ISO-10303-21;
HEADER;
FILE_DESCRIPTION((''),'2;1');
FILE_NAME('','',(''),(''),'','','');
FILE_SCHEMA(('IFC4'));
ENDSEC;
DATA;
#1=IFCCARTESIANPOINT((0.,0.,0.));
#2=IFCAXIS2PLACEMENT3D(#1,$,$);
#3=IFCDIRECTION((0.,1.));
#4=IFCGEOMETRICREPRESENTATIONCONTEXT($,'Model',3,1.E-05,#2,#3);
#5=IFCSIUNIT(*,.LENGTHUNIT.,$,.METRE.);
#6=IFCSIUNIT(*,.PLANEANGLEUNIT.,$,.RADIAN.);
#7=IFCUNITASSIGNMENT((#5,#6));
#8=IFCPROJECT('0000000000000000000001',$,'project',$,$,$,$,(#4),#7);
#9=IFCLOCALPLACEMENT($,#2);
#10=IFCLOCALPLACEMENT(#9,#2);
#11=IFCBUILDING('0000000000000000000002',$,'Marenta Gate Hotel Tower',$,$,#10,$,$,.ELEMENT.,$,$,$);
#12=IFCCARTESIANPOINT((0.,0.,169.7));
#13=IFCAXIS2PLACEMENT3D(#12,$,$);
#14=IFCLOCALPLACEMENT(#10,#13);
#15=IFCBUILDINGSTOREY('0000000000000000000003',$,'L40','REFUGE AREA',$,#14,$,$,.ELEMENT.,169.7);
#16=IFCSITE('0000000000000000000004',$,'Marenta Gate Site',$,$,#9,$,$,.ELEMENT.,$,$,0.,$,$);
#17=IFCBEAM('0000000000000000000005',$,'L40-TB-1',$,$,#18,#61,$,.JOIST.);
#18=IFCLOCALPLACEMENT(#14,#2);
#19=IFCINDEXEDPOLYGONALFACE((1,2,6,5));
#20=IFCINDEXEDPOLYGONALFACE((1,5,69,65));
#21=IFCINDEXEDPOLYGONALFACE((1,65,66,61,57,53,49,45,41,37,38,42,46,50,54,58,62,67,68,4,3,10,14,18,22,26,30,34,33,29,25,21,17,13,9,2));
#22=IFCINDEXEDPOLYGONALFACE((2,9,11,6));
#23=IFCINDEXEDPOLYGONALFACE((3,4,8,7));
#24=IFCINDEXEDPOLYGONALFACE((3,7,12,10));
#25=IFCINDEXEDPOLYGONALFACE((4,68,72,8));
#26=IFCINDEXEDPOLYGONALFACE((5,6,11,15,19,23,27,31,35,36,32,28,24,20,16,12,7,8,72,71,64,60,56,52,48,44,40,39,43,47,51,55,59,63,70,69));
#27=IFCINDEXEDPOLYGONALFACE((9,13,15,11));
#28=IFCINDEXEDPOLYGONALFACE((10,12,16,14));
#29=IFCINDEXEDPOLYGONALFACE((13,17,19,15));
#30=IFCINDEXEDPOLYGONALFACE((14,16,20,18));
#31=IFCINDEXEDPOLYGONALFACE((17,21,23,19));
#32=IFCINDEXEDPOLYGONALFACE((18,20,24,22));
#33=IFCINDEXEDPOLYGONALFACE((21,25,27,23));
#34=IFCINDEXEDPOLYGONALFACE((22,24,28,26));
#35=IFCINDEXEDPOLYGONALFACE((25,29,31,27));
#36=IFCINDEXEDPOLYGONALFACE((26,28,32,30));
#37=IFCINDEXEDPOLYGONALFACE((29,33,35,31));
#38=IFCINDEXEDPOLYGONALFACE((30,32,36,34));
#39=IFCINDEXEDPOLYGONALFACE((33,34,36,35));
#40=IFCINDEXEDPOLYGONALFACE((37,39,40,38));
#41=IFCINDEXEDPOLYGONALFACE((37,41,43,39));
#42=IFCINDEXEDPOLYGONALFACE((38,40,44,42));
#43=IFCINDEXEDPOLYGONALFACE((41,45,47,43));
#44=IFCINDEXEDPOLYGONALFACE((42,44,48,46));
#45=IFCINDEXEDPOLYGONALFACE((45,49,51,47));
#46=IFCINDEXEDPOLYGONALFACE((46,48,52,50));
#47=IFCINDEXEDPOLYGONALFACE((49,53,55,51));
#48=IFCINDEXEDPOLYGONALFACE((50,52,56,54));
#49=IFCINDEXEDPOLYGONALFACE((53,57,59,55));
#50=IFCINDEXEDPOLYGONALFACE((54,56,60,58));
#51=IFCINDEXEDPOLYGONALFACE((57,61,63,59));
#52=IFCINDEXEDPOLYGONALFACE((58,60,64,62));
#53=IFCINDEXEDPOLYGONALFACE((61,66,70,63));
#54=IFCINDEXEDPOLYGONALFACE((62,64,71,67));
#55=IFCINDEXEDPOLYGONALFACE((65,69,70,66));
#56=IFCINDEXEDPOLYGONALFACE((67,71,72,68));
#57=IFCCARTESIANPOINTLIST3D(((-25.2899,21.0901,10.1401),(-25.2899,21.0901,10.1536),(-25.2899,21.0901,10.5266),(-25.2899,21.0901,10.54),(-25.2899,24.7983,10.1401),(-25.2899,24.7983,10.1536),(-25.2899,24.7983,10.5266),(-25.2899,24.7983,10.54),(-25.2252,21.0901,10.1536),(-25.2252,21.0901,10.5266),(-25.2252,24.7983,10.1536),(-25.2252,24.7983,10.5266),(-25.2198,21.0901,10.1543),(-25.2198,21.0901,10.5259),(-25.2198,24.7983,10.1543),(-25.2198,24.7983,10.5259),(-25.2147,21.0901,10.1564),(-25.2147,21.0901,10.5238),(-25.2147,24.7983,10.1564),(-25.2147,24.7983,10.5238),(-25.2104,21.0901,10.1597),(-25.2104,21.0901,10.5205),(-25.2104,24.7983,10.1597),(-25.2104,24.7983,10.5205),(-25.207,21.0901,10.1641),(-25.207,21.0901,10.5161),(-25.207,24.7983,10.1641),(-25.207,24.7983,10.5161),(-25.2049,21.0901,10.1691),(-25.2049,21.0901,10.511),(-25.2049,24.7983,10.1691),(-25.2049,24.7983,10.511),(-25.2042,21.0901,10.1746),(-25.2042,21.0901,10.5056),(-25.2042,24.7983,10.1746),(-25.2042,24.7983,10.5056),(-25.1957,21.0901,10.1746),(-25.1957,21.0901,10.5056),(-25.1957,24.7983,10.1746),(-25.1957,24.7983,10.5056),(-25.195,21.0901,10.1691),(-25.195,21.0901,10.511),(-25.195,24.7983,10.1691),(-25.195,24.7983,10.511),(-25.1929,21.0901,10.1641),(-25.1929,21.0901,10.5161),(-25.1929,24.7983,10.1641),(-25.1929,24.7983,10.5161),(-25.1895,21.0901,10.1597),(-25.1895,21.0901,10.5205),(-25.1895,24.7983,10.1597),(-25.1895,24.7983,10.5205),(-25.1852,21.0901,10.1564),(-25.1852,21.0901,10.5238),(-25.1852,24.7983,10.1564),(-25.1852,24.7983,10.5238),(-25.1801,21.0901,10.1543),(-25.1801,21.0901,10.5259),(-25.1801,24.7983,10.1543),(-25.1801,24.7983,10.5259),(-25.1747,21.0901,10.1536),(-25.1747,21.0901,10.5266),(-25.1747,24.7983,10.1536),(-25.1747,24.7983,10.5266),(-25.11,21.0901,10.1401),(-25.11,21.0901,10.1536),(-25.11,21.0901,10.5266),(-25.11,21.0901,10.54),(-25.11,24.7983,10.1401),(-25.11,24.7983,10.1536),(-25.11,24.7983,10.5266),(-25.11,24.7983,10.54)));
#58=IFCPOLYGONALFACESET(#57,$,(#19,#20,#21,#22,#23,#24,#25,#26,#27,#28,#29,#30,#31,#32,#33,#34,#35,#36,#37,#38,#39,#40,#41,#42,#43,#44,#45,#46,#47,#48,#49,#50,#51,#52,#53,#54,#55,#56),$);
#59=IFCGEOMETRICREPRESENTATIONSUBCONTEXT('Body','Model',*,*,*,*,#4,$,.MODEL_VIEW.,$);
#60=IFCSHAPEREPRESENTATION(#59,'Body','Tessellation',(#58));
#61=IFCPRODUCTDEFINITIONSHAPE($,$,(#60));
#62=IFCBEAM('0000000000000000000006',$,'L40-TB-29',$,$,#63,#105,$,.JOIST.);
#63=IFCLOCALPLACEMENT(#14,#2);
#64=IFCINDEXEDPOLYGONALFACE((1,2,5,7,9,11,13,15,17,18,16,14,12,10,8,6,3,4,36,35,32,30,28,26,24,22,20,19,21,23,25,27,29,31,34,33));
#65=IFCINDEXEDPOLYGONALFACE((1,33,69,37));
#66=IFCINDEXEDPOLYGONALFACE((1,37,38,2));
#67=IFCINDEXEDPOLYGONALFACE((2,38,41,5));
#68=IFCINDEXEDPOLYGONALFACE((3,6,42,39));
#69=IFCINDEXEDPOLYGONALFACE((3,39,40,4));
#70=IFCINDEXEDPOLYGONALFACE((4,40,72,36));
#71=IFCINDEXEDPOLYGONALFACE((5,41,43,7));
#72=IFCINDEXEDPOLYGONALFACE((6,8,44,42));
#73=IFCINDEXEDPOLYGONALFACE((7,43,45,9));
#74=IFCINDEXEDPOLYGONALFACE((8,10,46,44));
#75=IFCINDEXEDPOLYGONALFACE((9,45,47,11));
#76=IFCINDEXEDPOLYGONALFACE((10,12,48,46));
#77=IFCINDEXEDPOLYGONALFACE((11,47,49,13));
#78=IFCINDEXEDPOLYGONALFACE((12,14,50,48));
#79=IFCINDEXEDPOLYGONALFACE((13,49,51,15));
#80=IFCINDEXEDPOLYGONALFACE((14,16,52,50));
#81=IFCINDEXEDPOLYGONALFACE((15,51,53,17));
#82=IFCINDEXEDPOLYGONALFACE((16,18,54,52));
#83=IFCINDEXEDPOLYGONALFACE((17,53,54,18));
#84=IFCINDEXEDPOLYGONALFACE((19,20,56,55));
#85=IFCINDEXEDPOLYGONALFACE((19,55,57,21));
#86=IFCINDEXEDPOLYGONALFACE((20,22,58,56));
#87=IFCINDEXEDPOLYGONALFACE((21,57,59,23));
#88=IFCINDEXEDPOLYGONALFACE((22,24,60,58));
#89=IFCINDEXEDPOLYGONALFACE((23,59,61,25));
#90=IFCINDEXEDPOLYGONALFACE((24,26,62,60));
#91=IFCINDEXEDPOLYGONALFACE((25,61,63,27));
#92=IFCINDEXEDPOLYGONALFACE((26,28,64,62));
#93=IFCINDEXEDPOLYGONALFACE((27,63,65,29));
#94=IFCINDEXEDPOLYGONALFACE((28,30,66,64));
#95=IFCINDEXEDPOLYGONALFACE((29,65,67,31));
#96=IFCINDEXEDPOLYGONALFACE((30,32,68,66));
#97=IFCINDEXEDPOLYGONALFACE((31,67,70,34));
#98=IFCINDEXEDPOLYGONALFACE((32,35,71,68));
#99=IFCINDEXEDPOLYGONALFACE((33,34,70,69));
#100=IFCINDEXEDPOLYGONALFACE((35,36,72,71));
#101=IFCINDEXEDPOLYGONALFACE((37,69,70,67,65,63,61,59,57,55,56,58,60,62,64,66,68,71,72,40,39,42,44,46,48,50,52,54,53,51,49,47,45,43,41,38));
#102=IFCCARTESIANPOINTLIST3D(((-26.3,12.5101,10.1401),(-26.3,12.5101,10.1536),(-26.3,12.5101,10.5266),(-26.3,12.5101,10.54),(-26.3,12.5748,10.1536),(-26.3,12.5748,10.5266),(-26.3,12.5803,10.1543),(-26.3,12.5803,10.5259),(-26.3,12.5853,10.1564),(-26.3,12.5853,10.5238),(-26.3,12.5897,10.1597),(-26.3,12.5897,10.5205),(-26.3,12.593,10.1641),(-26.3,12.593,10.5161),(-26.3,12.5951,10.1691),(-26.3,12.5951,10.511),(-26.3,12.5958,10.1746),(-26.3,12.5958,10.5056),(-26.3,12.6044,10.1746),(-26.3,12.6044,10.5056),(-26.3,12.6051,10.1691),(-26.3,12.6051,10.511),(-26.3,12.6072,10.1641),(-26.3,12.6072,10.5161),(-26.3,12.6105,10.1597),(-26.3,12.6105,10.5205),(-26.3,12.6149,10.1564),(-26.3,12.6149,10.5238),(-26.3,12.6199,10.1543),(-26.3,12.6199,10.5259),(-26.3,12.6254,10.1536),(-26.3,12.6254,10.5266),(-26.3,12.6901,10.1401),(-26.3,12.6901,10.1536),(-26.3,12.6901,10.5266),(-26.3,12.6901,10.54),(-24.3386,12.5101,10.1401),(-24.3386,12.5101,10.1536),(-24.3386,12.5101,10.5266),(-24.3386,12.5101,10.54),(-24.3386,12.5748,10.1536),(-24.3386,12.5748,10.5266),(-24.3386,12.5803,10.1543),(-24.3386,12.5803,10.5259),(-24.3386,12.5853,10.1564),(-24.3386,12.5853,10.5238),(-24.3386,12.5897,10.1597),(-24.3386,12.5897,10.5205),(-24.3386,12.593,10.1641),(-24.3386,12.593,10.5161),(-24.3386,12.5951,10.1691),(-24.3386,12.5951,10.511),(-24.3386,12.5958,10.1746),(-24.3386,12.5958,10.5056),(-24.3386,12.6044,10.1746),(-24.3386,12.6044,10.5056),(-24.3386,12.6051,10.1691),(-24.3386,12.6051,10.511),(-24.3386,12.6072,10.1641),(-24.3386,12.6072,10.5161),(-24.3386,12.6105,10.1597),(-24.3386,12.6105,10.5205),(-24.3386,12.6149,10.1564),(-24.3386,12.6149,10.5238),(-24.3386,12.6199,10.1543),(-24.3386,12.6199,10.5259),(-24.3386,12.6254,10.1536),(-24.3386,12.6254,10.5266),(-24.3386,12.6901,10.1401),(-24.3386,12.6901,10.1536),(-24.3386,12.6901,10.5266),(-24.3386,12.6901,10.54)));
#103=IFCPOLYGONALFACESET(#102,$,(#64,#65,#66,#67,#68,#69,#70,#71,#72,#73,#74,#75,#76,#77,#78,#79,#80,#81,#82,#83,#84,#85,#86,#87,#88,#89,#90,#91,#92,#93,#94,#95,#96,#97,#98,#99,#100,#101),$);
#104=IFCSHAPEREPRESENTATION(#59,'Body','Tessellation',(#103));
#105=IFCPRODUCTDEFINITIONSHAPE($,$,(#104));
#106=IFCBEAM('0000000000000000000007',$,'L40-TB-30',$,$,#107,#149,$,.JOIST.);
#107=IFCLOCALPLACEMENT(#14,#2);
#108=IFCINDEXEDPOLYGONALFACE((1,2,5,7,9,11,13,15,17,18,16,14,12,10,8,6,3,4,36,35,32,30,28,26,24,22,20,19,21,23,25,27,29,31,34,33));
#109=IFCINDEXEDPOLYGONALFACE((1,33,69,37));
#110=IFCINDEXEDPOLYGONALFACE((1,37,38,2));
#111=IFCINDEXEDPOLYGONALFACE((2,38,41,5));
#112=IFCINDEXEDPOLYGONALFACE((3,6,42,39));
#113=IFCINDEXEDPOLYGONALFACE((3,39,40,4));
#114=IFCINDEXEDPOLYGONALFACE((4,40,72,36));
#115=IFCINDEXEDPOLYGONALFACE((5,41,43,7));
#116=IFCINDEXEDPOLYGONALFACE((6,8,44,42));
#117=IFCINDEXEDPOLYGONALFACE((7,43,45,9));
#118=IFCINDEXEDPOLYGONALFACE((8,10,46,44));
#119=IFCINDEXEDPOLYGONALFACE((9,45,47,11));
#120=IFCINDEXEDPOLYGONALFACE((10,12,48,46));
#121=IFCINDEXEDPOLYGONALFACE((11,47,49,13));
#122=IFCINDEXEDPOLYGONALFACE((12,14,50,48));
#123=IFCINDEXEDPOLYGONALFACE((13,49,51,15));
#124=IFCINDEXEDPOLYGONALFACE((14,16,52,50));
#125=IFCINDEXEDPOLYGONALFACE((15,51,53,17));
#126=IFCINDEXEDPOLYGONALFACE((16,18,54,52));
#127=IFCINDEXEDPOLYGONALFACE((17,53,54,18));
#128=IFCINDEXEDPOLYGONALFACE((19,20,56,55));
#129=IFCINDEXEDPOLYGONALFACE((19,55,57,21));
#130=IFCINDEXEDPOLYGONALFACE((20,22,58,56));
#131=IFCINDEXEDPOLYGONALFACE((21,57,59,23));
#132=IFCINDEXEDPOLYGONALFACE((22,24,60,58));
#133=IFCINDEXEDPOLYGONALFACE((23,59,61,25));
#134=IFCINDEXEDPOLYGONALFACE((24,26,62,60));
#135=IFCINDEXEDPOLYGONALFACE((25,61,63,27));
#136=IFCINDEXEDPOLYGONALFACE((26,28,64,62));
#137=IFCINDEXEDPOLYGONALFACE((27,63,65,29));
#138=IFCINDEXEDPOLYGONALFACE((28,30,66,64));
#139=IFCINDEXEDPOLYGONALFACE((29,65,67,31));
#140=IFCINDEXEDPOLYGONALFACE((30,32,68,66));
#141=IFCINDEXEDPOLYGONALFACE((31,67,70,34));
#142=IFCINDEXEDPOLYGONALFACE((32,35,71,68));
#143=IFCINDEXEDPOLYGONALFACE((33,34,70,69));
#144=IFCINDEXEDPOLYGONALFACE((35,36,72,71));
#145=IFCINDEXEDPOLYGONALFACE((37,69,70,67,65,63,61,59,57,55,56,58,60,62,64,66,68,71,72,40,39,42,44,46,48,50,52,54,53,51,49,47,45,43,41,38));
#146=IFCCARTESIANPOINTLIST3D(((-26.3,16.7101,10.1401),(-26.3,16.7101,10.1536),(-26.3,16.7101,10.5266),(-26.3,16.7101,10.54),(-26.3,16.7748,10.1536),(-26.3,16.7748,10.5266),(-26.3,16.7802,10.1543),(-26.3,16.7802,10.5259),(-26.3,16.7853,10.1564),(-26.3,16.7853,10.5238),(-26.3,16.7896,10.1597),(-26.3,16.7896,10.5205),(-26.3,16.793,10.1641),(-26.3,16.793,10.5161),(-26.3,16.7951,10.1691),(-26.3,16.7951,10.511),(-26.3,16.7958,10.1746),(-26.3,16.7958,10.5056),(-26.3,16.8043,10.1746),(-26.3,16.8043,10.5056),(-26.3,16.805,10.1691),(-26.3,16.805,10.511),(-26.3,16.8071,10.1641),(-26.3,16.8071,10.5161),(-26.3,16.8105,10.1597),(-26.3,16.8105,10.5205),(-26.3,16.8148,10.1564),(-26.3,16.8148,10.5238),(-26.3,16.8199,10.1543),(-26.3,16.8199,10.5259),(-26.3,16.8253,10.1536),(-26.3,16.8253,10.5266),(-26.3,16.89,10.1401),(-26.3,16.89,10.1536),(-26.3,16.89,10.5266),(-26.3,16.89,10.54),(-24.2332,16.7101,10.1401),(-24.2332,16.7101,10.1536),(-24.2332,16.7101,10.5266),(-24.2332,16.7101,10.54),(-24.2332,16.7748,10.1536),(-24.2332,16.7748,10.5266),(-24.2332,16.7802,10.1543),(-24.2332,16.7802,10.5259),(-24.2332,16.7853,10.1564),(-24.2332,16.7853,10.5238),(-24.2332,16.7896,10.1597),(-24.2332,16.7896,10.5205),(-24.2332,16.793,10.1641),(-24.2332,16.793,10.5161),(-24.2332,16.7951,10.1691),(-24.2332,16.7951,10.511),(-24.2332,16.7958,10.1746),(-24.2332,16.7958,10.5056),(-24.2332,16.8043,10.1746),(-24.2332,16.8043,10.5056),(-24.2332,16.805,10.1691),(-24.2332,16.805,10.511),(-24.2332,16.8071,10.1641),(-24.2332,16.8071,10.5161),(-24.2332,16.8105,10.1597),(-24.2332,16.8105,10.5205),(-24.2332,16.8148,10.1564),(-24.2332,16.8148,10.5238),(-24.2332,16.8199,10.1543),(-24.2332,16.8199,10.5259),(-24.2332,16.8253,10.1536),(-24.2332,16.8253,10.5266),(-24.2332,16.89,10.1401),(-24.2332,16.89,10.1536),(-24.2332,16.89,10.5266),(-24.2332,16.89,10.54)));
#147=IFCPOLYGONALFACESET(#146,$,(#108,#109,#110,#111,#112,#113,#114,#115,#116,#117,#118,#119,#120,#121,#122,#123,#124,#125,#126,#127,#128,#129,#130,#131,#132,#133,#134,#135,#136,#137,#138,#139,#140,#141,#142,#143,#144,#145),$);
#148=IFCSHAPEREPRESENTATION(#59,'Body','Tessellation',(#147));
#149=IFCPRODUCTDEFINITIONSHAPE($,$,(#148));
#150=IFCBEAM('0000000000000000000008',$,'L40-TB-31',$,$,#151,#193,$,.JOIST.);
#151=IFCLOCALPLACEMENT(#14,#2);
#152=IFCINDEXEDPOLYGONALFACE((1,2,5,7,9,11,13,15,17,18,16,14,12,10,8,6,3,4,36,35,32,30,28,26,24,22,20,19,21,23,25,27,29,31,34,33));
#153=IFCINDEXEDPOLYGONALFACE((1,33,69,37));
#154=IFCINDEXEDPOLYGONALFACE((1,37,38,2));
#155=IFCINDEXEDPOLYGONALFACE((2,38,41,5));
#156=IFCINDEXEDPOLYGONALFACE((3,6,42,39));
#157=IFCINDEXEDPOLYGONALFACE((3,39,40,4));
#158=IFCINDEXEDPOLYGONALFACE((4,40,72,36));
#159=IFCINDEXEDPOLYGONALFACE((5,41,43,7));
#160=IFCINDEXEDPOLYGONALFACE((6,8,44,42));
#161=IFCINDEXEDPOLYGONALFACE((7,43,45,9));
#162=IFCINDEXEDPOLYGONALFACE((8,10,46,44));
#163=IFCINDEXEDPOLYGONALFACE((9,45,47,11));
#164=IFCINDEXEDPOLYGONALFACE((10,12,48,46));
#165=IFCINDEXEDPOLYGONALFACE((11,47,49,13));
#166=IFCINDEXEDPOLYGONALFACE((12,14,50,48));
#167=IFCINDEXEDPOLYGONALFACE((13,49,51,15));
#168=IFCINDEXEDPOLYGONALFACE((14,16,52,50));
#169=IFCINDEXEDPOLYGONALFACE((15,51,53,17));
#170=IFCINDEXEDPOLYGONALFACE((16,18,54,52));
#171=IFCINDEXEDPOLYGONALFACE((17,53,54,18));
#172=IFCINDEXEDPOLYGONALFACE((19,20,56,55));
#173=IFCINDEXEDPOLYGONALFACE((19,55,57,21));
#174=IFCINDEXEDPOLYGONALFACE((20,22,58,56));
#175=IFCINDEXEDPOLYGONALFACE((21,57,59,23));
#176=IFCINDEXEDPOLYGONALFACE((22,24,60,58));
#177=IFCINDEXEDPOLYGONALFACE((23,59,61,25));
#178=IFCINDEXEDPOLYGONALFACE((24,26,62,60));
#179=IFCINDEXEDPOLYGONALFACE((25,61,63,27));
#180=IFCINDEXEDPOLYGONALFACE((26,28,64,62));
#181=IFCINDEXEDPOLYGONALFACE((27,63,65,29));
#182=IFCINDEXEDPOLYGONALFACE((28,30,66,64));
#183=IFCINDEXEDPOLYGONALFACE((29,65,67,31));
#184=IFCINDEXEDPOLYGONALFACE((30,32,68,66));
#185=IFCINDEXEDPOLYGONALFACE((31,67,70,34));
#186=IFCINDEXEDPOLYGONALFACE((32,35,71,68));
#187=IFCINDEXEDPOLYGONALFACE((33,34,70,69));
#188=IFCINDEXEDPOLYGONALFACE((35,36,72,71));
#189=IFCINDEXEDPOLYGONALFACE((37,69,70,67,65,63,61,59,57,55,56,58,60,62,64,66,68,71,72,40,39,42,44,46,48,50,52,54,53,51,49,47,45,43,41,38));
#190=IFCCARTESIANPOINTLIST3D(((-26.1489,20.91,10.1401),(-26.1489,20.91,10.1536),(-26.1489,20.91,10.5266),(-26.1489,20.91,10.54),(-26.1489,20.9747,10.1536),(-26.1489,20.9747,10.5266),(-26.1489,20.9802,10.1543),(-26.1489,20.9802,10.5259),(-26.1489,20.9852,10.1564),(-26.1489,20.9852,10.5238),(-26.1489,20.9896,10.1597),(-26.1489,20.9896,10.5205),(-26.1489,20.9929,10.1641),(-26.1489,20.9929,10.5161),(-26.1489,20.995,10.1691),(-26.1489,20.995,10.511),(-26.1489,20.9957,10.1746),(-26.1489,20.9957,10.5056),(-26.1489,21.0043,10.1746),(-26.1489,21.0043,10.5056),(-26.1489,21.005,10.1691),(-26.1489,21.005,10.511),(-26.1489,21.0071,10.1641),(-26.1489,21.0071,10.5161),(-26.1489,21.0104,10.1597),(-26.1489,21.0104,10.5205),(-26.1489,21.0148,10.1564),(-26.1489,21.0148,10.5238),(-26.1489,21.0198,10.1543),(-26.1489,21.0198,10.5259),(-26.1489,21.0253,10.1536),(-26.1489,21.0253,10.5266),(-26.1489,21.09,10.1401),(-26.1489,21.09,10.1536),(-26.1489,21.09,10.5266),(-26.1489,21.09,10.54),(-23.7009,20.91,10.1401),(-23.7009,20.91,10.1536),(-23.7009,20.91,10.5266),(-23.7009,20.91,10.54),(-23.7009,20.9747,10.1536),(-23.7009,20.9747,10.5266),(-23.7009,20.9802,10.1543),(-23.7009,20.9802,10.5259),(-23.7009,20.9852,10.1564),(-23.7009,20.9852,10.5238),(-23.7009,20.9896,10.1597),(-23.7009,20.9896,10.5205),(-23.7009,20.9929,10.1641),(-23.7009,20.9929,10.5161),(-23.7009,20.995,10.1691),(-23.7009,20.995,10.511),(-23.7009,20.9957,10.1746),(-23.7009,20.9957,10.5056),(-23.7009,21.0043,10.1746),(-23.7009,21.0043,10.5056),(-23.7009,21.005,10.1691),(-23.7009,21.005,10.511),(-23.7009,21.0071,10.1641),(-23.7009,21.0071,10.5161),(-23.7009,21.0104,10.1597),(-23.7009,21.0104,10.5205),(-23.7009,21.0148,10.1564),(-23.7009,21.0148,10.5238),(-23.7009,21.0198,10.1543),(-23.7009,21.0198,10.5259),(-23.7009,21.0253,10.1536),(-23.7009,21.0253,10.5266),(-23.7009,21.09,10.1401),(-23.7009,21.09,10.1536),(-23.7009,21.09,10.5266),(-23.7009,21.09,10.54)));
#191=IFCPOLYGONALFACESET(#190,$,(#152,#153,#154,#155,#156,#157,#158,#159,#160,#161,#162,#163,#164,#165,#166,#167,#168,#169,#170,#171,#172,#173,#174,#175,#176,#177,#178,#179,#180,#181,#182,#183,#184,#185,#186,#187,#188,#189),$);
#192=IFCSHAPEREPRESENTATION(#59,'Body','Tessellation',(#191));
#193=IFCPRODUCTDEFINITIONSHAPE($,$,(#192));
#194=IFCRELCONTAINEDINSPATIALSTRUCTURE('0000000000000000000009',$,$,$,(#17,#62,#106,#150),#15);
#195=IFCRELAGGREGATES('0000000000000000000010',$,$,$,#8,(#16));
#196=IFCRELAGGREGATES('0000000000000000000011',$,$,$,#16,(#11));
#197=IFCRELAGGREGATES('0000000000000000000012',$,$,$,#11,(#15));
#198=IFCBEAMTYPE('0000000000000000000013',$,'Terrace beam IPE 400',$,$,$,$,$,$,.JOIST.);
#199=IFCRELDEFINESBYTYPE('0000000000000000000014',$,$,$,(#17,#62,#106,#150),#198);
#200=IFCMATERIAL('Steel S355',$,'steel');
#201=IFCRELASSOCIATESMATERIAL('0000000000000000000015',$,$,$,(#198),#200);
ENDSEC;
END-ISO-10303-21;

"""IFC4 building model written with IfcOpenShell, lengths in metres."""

from ifc_helpers import new_model, si_unit, direction, frame, origin, origin_2d, place, context, subcontext, project, spatial, i_section, extrude, material, material_profile, profile_set, type_object, element, save


model = new_model("IFC4")

# Units and contexts
model_context = context("Model", 3, precision=1e-05, world=origin(), true_north=direction((0.0, 1.0)))
body_context = subcontext(model_context, "Body", "Model", "MODEL_VIEW")
ifc_project = project(units=[si_unit("LENGTHUNIT", "METRE"), si_unit("PLANEANGLEUNIT", "RADIAN")], contexts=[model_context])

# Site, building, storey
site_placement = place(None, origin())
site = spatial("IfcSite", under=ifc_project, at=site_placement, Name="Marenta Gate Site", CompositionType="ELEMENT", RefElevation=0.0)
building_placement = place(site_placement, origin())
building = spatial("IfcBuilding", under=site, at=building_placement, Name="Marenta Gate Hotel Tower", CompositionType="ELEMENT")
storey_placement = place(building_placement, frame((0.0, 0.0, 169.7)))
storey = spatial("IfcBuildingStorey", under=building, at=storey_placement, Name="L40", Description="REFUGE AREA", CompositionType="ELEMENT", Elevation=169.7)

# Beams
ifc_material_1 = material(Name="Steel S355", Category="steel")
ifc_material_profile_1 = material_profile(ifc_material_1, i_section(OverallWidth=0.1799, OverallDepth=0.3999, WebThickness=0.0085, FlangeThickness=0.0134, FilletRadius=0.021, at=origin_2d()), Name="IPE 400")
ifc_profile_set_1 = profile_set([ifc_material_profile_1], Name="Steel S355")
beam_type_1 = type_object("IfcBeamType", Name="Terrace beam IPE 400", PredefinedType="JOIST", material=ifc_profile_set_1)
beam_1_placement = place(storey_placement, frame((-25.2, 21.0901, 10.3401), z_axis=(0.0, 1.0, 0.0), x_axis=(-1.0, 0.0, 0.0)))
element("IfcBeam", 1, at=beam_1_placement, inside=storey, type_object=beam_type_1, Name="L40-TB-1", PredefinedType="JOIST", context=body_context, shape_type="SweptSolid", body=[
    extrude(i_section(OverallWidth=0.1799, OverallDepth=0.3999, WebThickness=0.0085, FlangeThickness=0.0134, FilletRadius=0.021, at=origin_2d()), origin(), (0.0, 0.0, 1.0), 3.7083),
])
beam_2_placement = place(storey_placement, frame((-26.3, 12.6001, 10.3401), z_axis=(1.0, 0.0, 0.0), x_axis=(0.0, 1.0, 0.0)))
element("IfcBeam", 2, at=beam_2_placement, inside=storey, type_object=beam_type_1, Name="L40-TB-29", PredefinedType="JOIST", context=body_context, shape_type="SweptSolid", body=[
    extrude(i_section(OverallWidth=0.1799, OverallDepth=0.3999, WebThickness=0.0085, FlangeThickness=0.0134, FilletRadius=0.021, at=origin_2d()), origin(), (0.0, 0.0, 1.0), 1.9614),
])
beam_3_placement = place(storey_placement, frame((-26.3, 16.8, 10.3401), z_axis=(1.0, 0.0, 0.0), x_axis=(0.0, 1.0, 0.0)))
element("IfcBeam", 3, at=beam_3_placement, inside=storey, type_object=beam_type_1, Name="L40-TB-30", PredefinedType="JOIST", context=body_context, shape_type="SweptSolid", body=[
    extrude(i_section(OverallWidth=0.1799, OverallDepth=0.3999, WebThickness=0.0085, FlangeThickness=0.0134, FilletRadius=0.021, at=origin_2d()), origin(), (0.0, 0.0, 1.0), 2.0669),
])
beam_4_placement = place(storey_placement, frame((-26.1489, 21.0, 10.3401), z_axis=(1.0, 0.0, 0.0), x_axis=(0.0, 1.0, 0.0)))
element("IfcBeam", 4, at=beam_4_placement, inside=storey, type_object=beam_type_1, Name="L40-TB-31", PredefinedType="JOIST", context=body_context, shape_type="SweptSolid", body=[
    extrude(i_section(OverallWidth=0.1799, OverallDepth=0.3999, WebThickness=0.0085, FlangeThickness=0.0134, FilletRadius=0.021, at=origin_2d()), origin(), (0.0, 0.0, 1.0), 2.448),
])

save(model, "model.ifc")
